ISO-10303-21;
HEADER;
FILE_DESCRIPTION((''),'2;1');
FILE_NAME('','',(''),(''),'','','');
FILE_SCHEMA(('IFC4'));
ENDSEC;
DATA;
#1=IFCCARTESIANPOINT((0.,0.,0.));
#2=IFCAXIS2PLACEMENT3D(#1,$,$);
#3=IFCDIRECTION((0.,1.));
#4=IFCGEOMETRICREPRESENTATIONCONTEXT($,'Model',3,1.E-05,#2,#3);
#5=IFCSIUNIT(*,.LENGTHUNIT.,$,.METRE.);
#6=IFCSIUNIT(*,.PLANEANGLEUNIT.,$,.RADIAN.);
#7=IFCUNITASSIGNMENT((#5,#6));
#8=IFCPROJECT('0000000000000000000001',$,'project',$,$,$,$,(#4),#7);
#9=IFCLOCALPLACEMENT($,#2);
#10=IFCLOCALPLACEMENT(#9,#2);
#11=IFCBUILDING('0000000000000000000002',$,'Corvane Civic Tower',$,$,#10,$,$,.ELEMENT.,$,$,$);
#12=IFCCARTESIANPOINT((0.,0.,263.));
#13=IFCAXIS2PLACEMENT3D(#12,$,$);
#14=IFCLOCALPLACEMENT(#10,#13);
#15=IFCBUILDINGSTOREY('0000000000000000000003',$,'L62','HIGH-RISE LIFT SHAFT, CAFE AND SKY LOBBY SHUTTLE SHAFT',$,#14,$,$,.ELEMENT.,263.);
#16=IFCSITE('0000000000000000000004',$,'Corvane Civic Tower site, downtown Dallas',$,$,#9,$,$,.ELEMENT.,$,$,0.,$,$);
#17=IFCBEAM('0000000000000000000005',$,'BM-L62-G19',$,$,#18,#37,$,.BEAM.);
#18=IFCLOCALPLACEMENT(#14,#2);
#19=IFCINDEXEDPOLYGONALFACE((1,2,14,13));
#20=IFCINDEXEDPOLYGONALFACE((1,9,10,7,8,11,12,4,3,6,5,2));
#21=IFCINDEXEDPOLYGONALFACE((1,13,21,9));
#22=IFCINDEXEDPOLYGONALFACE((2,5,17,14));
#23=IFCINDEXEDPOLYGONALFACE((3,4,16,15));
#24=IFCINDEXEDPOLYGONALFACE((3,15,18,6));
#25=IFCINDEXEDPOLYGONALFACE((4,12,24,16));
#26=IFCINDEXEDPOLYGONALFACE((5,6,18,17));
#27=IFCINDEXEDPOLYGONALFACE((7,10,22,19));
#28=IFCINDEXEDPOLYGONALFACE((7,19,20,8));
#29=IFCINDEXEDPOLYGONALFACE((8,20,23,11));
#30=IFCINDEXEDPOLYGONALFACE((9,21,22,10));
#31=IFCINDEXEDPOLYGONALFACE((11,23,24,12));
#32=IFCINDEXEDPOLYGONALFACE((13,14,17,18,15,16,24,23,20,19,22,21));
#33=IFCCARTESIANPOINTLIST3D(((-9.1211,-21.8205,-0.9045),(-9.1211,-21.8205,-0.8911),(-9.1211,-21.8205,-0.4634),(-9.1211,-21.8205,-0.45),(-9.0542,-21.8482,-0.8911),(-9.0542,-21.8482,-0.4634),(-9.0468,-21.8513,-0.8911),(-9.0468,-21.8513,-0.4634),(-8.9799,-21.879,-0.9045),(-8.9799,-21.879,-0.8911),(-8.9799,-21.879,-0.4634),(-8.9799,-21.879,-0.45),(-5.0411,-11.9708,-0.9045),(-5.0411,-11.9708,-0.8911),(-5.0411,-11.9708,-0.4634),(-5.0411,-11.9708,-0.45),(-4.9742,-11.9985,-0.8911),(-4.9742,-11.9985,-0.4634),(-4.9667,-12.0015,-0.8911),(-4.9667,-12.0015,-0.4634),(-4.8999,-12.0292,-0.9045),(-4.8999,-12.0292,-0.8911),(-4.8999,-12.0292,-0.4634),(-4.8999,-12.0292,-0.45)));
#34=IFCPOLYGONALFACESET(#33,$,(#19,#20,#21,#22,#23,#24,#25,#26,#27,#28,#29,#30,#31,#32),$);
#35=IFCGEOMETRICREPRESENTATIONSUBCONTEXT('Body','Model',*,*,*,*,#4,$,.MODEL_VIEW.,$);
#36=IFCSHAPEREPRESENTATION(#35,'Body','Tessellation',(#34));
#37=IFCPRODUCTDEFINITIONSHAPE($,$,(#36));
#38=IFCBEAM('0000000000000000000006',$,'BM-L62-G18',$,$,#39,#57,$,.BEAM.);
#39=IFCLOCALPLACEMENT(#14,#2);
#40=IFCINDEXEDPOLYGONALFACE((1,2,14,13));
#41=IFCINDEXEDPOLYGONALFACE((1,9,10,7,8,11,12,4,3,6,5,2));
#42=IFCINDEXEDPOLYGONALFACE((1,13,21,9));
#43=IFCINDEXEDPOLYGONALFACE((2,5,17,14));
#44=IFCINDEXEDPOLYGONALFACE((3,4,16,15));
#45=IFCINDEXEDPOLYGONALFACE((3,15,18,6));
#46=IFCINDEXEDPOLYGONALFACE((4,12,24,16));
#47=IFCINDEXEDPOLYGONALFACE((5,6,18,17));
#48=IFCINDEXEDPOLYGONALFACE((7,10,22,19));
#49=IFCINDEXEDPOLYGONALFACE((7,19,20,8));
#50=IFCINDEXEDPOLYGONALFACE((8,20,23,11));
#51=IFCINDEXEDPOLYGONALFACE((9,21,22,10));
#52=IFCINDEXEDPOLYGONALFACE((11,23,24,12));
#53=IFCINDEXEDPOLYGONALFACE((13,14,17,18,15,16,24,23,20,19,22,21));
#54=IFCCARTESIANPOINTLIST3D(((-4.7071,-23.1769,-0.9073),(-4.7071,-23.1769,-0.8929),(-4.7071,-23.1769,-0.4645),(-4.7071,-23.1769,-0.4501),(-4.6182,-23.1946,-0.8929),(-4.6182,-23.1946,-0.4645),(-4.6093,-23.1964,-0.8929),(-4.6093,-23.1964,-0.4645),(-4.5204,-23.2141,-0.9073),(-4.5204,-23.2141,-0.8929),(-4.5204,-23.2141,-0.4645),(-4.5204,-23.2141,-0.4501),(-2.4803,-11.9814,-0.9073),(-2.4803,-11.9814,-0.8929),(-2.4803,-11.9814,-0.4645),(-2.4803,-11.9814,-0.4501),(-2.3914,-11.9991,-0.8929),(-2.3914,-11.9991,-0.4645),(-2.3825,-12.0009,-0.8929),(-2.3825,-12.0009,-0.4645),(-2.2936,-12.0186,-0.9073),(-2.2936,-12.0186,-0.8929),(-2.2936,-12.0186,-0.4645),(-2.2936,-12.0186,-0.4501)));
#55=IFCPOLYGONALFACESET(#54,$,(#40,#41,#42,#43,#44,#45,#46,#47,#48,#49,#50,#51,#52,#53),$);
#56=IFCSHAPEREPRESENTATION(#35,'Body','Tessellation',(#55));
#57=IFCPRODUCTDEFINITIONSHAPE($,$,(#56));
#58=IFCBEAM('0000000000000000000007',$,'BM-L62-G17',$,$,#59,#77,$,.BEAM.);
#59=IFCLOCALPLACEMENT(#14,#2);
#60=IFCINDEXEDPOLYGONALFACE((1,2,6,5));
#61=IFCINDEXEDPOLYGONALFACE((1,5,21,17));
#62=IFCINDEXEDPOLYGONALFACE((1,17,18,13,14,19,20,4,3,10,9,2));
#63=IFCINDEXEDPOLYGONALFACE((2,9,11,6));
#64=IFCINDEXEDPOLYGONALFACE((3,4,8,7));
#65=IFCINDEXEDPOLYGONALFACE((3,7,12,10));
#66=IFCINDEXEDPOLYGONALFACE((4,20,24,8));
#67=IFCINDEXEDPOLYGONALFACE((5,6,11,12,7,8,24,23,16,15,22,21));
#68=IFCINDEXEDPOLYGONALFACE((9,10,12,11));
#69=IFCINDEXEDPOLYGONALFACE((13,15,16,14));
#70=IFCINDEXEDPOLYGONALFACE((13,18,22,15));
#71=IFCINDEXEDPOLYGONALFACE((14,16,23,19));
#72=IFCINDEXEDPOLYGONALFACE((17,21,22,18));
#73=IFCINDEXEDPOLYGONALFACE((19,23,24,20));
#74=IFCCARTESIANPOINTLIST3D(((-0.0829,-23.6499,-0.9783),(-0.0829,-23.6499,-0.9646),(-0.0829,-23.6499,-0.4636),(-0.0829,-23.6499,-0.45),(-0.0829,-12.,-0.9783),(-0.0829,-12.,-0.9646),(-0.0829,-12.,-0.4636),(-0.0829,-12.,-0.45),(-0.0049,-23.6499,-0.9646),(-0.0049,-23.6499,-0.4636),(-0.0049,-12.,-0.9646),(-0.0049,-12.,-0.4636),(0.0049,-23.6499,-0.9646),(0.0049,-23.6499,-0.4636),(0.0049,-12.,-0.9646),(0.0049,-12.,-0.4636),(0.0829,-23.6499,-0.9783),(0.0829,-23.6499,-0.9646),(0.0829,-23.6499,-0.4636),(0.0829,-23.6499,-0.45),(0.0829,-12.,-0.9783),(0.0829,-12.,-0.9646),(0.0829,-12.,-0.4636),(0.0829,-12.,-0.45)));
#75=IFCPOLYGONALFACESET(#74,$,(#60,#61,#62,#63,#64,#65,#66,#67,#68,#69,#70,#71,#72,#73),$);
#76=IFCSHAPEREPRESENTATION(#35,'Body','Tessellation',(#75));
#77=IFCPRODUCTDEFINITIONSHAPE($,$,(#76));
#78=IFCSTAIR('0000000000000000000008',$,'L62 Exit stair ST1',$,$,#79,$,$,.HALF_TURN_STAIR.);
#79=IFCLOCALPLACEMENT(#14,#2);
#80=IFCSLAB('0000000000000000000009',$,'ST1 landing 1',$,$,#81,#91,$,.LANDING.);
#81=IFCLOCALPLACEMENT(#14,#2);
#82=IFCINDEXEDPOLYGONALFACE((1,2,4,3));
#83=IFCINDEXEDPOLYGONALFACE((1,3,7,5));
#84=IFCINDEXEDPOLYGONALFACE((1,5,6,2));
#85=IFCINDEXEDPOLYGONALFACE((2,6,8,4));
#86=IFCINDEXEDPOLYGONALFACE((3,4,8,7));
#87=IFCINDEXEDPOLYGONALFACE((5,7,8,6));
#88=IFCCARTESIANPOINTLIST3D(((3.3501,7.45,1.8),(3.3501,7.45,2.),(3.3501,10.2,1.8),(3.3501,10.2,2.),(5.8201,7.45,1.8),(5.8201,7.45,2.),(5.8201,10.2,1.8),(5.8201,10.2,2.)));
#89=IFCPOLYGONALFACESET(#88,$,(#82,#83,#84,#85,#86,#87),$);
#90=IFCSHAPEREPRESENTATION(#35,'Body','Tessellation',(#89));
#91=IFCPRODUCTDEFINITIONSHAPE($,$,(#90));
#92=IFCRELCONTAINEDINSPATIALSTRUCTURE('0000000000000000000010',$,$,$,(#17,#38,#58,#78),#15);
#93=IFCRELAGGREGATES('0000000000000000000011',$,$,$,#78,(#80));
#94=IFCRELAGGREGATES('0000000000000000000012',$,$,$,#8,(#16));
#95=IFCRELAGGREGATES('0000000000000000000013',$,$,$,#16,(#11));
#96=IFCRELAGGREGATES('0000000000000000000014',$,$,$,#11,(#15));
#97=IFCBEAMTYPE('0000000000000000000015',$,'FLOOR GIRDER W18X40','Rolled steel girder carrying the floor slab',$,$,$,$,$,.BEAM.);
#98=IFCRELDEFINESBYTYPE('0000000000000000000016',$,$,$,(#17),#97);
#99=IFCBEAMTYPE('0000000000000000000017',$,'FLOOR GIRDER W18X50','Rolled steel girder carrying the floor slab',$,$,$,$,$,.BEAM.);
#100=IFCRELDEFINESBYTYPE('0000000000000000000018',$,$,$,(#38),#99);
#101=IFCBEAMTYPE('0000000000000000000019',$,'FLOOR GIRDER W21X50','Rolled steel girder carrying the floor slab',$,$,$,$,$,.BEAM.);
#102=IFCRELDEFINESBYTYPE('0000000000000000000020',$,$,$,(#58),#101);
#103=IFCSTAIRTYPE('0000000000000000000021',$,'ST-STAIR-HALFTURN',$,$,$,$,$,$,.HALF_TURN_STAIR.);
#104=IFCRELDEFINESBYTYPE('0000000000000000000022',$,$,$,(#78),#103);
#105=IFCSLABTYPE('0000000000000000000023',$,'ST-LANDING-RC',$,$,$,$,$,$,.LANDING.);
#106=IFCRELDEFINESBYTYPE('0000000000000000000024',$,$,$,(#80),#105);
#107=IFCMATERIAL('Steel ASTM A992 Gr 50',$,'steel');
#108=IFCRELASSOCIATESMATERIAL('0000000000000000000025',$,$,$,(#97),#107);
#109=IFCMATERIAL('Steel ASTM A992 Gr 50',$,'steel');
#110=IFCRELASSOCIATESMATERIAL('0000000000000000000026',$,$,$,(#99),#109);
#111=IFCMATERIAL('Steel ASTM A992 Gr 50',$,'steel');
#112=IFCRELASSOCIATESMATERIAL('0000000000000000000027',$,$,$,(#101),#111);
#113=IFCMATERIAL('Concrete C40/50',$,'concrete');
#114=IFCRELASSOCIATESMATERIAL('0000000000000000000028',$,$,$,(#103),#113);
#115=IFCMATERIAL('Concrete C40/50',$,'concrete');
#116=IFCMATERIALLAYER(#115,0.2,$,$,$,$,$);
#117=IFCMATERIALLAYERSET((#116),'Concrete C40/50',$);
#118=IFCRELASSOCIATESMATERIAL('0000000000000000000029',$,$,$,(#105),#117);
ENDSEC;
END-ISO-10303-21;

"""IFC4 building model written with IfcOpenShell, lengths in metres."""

from ifc_helpers import new_model, si_unit, direction, frame, origin, origin_2d, place, context, subcontext, project, spatial, polyline, i_section, outline, extrude, material, layer, layer_set, material_profile, profile_set, type_object, element, aggregate, save


model = new_model("IFC4")

# Units and contexts
model_context = context("Model", 3, precision=1e-05, world=origin(), true_north=direction((0.0, 1.0)))
body_context = subcontext(model_context, "Body", "Model", "MODEL_VIEW")
ifc_project = project(units=[si_unit("LENGTHUNIT", "METRE"), si_unit("PLANEANGLEUNIT", "RADIAN")], contexts=[model_context])

# Site, building, storey
site_placement = place(None, origin())
site = spatial("IfcSite", under=ifc_project, at=site_placement, Name="Corvane Civic Tower site, downtown Dallas", CompositionType="ELEMENT", RefElevation=0.0)
building_placement = place(site_placement, origin())
building = spatial("IfcBuilding", under=site, at=building_placement, Name="Corvane Civic Tower", CompositionType="ELEMENT")
storey_placement = place(building_placement, frame((0.0, 0.0, 263.0)))
storey = spatial("IfcBuildingStorey", under=building, at=storey_placement, Name="L62", Description="HIGH-RISE LIFT SHAFT, CAFE AND SKY LOBBY SHUTTLE SHAFT", CompositionType="ELEMENT", Elevation=263.0)

# Beams
ifc_material_1 = material(Name="Steel ASTM A992 Gr 50", Category="steel")
ifc_material_profile_1 = material_profile(ifc_material_1, i_section(OverallWidth=0.1528, OverallDepth=0.4546, WebThickness=0.0081, FlangeThickness=0.0134, at=origin_2d()), Name="W18X40")
ifc_profile_set_1 = profile_set([ifc_material_profile_1], Name="Steel ASTM A992 Gr 50")
beam_type_1 = type_object("IfcBeamType", Name="FLOOR GIRDER W18X40", Description="Rolled steel girder carrying the floor slab", PredefinedType="BEAM", material=ifc_profile_set_1)
beam_1_placement = place(storey_placement, frame((-4.9705, -12.0, -0.6772), z_axis=(-0.382694, -0.923875, 0.0), x_axis=(0.923875, -0.382694, 0.0)))
element("IfcBeam", 1, at=beam_1_placement, inside=storey, type_object=beam_type_1, Name="BM-L62-G19", PredefinedType="BEAM", context=body_context, shape_type="SweptSolid", body=[
    extrude(i_section(OverallWidth=0.1528, OverallDepth=0.4546, WebThickness=0.0081, FlangeThickness=0.0134, at=origin_2d()), origin(), (0.0, 0.0, 1.0), 10.6614),
])
ifc_material_2 = material(Name="Steel ASTM A992 Gr 50", Category="steel")
ifc_material_profile_2 = material_profile(ifc_material_2, i_section(OverallWidth=0.1904, OverallDepth=0.4573, WebThickness=0.009, FlangeThickness=0.0144, at=origin_2d()), Name="W18X50")
ifc_profile_set_2 = profile_set([ifc_material_profile_2], Name="Steel ASTM A992 Gr 50")
beam_type_2 = type_object("IfcBeamType", Name="FLOOR GIRDER W18X50", Description="Rolled steel girder carrying the floor slab", PredefinedType="BEAM", material=ifc_profile_set_2)
beam_2_placement = place(storey_placement, frame((-2.387, -12.0, -0.6787), z_axis=(-0.19508, -0.980787, 0.0), x_axis=(0.980787, -0.19508, 0.0)))
element("IfcBeam", 2, at=beam_2_placement, inside=storey, type_object=beam_type_2, Name="BM-L62-G18", PredefinedType="BEAM", context=body_context, shape_type="SweptSolid", body=[
    extrude(i_section(OverallWidth=0.1904, OverallDepth=0.4573, WebThickness=0.009, FlangeThickness=0.0144, at=origin_2d()), origin(), (0.0, 0.0, 1.0), 11.4148),
])
ifc_material_3 = material(Name="Steel ASTM A992 Gr 50", Category="steel")
ifc_material_profile_3 = material_profile(ifc_material_3, i_section(OverallWidth=0.1658, OverallDepth=0.5283, WebThickness=0.0098, FlangeThickness=0.0137, at=origin_2d()), Name="W21X50")
ifc_profile_set_3 = profile_set([ifc_material_profile_3], Name="Steel ASTM A992 Gr 50")
beam_type_3 = type_object("IfcBeamType", Name="FLOOR GIRDER W21X50", Description="Rolled steel girder carrying the floor slab", PredefinedType="BEAM", material=ifc_profile_set_3)
beam_3_placement = place(storey_placement, frame((0.0, -12.0, -0.7141), z_axis=(0.0, -1.0, 0.0), x_axis=(1.0, 0.0, 0.0)))
element("IfcBeam", 3, at=beam_3_placement, inside=storey, type_object=beam_type_3, Name="BM-L62-G17", PredefinedType="BEAM", context=body_context, shape_type="SweptSolid", body=[
    extrude(i_section(OverallWidth=0.1658, OverallDepth=0.5283, WebThickness=0.0098, FlangeThickness=0.0137, at=origin_2d()), origin(), (0.0, 0.0, 1.0), 11.6499),
])

# Stair, slab
ifc_material_4 = material(Name="Concrete C40/50", Category="concrete")
stair_type = type_object("IfcStairType", Name="ST-STAIR-HALFTURN", PredefinedType="HALF_TURN_STAIR", material=ifc_material_4)
stair_1_placement = place(storey_placement, origin())
stair_1 = element("IfcStair", 4, at=stair_1_placement, inside=storey, type_object=stair_type, Name="L62 Exit stair ST1", PredefinedType="HALF_TURN_STAIR")
ifc_material_5 = material(Name="Concrete C40/50", Category="concrete")
ifc_layer_1 = layer(ifc_material_5, 0.2)
ifc_layer_set_1 = layer_set([ifc_layer_1], Name="Concrete C40/50")
slab_type_1 = type_object("IfcSlabType", Name="ST-LANDING-RC", PredefinedType="LANDING", material=ifc_layer_set_1)
slab_1_placement = place(storey_placement, frame((0.0, 0.0, 1.8)))
slab_1 = element("IfcSlab", 5, at=slab_1_placement, type_object=slab_type_1, Name="ST1 landing 1", PredefinedType="LANDING", context=body_context, shape_type="SweptSolid", body=[
    extrude(outline(polyline([(5.8201, 10.2), (3.3501, 10.2), (3.3501, 7.45), (5.8201, 7.45), (5.8201, 10.2)])), origin(), (0.0, 0.0, 1.0), 0.2),
])
aggregate(stair_1, [slab_1])

save(model, "model.ifc")
